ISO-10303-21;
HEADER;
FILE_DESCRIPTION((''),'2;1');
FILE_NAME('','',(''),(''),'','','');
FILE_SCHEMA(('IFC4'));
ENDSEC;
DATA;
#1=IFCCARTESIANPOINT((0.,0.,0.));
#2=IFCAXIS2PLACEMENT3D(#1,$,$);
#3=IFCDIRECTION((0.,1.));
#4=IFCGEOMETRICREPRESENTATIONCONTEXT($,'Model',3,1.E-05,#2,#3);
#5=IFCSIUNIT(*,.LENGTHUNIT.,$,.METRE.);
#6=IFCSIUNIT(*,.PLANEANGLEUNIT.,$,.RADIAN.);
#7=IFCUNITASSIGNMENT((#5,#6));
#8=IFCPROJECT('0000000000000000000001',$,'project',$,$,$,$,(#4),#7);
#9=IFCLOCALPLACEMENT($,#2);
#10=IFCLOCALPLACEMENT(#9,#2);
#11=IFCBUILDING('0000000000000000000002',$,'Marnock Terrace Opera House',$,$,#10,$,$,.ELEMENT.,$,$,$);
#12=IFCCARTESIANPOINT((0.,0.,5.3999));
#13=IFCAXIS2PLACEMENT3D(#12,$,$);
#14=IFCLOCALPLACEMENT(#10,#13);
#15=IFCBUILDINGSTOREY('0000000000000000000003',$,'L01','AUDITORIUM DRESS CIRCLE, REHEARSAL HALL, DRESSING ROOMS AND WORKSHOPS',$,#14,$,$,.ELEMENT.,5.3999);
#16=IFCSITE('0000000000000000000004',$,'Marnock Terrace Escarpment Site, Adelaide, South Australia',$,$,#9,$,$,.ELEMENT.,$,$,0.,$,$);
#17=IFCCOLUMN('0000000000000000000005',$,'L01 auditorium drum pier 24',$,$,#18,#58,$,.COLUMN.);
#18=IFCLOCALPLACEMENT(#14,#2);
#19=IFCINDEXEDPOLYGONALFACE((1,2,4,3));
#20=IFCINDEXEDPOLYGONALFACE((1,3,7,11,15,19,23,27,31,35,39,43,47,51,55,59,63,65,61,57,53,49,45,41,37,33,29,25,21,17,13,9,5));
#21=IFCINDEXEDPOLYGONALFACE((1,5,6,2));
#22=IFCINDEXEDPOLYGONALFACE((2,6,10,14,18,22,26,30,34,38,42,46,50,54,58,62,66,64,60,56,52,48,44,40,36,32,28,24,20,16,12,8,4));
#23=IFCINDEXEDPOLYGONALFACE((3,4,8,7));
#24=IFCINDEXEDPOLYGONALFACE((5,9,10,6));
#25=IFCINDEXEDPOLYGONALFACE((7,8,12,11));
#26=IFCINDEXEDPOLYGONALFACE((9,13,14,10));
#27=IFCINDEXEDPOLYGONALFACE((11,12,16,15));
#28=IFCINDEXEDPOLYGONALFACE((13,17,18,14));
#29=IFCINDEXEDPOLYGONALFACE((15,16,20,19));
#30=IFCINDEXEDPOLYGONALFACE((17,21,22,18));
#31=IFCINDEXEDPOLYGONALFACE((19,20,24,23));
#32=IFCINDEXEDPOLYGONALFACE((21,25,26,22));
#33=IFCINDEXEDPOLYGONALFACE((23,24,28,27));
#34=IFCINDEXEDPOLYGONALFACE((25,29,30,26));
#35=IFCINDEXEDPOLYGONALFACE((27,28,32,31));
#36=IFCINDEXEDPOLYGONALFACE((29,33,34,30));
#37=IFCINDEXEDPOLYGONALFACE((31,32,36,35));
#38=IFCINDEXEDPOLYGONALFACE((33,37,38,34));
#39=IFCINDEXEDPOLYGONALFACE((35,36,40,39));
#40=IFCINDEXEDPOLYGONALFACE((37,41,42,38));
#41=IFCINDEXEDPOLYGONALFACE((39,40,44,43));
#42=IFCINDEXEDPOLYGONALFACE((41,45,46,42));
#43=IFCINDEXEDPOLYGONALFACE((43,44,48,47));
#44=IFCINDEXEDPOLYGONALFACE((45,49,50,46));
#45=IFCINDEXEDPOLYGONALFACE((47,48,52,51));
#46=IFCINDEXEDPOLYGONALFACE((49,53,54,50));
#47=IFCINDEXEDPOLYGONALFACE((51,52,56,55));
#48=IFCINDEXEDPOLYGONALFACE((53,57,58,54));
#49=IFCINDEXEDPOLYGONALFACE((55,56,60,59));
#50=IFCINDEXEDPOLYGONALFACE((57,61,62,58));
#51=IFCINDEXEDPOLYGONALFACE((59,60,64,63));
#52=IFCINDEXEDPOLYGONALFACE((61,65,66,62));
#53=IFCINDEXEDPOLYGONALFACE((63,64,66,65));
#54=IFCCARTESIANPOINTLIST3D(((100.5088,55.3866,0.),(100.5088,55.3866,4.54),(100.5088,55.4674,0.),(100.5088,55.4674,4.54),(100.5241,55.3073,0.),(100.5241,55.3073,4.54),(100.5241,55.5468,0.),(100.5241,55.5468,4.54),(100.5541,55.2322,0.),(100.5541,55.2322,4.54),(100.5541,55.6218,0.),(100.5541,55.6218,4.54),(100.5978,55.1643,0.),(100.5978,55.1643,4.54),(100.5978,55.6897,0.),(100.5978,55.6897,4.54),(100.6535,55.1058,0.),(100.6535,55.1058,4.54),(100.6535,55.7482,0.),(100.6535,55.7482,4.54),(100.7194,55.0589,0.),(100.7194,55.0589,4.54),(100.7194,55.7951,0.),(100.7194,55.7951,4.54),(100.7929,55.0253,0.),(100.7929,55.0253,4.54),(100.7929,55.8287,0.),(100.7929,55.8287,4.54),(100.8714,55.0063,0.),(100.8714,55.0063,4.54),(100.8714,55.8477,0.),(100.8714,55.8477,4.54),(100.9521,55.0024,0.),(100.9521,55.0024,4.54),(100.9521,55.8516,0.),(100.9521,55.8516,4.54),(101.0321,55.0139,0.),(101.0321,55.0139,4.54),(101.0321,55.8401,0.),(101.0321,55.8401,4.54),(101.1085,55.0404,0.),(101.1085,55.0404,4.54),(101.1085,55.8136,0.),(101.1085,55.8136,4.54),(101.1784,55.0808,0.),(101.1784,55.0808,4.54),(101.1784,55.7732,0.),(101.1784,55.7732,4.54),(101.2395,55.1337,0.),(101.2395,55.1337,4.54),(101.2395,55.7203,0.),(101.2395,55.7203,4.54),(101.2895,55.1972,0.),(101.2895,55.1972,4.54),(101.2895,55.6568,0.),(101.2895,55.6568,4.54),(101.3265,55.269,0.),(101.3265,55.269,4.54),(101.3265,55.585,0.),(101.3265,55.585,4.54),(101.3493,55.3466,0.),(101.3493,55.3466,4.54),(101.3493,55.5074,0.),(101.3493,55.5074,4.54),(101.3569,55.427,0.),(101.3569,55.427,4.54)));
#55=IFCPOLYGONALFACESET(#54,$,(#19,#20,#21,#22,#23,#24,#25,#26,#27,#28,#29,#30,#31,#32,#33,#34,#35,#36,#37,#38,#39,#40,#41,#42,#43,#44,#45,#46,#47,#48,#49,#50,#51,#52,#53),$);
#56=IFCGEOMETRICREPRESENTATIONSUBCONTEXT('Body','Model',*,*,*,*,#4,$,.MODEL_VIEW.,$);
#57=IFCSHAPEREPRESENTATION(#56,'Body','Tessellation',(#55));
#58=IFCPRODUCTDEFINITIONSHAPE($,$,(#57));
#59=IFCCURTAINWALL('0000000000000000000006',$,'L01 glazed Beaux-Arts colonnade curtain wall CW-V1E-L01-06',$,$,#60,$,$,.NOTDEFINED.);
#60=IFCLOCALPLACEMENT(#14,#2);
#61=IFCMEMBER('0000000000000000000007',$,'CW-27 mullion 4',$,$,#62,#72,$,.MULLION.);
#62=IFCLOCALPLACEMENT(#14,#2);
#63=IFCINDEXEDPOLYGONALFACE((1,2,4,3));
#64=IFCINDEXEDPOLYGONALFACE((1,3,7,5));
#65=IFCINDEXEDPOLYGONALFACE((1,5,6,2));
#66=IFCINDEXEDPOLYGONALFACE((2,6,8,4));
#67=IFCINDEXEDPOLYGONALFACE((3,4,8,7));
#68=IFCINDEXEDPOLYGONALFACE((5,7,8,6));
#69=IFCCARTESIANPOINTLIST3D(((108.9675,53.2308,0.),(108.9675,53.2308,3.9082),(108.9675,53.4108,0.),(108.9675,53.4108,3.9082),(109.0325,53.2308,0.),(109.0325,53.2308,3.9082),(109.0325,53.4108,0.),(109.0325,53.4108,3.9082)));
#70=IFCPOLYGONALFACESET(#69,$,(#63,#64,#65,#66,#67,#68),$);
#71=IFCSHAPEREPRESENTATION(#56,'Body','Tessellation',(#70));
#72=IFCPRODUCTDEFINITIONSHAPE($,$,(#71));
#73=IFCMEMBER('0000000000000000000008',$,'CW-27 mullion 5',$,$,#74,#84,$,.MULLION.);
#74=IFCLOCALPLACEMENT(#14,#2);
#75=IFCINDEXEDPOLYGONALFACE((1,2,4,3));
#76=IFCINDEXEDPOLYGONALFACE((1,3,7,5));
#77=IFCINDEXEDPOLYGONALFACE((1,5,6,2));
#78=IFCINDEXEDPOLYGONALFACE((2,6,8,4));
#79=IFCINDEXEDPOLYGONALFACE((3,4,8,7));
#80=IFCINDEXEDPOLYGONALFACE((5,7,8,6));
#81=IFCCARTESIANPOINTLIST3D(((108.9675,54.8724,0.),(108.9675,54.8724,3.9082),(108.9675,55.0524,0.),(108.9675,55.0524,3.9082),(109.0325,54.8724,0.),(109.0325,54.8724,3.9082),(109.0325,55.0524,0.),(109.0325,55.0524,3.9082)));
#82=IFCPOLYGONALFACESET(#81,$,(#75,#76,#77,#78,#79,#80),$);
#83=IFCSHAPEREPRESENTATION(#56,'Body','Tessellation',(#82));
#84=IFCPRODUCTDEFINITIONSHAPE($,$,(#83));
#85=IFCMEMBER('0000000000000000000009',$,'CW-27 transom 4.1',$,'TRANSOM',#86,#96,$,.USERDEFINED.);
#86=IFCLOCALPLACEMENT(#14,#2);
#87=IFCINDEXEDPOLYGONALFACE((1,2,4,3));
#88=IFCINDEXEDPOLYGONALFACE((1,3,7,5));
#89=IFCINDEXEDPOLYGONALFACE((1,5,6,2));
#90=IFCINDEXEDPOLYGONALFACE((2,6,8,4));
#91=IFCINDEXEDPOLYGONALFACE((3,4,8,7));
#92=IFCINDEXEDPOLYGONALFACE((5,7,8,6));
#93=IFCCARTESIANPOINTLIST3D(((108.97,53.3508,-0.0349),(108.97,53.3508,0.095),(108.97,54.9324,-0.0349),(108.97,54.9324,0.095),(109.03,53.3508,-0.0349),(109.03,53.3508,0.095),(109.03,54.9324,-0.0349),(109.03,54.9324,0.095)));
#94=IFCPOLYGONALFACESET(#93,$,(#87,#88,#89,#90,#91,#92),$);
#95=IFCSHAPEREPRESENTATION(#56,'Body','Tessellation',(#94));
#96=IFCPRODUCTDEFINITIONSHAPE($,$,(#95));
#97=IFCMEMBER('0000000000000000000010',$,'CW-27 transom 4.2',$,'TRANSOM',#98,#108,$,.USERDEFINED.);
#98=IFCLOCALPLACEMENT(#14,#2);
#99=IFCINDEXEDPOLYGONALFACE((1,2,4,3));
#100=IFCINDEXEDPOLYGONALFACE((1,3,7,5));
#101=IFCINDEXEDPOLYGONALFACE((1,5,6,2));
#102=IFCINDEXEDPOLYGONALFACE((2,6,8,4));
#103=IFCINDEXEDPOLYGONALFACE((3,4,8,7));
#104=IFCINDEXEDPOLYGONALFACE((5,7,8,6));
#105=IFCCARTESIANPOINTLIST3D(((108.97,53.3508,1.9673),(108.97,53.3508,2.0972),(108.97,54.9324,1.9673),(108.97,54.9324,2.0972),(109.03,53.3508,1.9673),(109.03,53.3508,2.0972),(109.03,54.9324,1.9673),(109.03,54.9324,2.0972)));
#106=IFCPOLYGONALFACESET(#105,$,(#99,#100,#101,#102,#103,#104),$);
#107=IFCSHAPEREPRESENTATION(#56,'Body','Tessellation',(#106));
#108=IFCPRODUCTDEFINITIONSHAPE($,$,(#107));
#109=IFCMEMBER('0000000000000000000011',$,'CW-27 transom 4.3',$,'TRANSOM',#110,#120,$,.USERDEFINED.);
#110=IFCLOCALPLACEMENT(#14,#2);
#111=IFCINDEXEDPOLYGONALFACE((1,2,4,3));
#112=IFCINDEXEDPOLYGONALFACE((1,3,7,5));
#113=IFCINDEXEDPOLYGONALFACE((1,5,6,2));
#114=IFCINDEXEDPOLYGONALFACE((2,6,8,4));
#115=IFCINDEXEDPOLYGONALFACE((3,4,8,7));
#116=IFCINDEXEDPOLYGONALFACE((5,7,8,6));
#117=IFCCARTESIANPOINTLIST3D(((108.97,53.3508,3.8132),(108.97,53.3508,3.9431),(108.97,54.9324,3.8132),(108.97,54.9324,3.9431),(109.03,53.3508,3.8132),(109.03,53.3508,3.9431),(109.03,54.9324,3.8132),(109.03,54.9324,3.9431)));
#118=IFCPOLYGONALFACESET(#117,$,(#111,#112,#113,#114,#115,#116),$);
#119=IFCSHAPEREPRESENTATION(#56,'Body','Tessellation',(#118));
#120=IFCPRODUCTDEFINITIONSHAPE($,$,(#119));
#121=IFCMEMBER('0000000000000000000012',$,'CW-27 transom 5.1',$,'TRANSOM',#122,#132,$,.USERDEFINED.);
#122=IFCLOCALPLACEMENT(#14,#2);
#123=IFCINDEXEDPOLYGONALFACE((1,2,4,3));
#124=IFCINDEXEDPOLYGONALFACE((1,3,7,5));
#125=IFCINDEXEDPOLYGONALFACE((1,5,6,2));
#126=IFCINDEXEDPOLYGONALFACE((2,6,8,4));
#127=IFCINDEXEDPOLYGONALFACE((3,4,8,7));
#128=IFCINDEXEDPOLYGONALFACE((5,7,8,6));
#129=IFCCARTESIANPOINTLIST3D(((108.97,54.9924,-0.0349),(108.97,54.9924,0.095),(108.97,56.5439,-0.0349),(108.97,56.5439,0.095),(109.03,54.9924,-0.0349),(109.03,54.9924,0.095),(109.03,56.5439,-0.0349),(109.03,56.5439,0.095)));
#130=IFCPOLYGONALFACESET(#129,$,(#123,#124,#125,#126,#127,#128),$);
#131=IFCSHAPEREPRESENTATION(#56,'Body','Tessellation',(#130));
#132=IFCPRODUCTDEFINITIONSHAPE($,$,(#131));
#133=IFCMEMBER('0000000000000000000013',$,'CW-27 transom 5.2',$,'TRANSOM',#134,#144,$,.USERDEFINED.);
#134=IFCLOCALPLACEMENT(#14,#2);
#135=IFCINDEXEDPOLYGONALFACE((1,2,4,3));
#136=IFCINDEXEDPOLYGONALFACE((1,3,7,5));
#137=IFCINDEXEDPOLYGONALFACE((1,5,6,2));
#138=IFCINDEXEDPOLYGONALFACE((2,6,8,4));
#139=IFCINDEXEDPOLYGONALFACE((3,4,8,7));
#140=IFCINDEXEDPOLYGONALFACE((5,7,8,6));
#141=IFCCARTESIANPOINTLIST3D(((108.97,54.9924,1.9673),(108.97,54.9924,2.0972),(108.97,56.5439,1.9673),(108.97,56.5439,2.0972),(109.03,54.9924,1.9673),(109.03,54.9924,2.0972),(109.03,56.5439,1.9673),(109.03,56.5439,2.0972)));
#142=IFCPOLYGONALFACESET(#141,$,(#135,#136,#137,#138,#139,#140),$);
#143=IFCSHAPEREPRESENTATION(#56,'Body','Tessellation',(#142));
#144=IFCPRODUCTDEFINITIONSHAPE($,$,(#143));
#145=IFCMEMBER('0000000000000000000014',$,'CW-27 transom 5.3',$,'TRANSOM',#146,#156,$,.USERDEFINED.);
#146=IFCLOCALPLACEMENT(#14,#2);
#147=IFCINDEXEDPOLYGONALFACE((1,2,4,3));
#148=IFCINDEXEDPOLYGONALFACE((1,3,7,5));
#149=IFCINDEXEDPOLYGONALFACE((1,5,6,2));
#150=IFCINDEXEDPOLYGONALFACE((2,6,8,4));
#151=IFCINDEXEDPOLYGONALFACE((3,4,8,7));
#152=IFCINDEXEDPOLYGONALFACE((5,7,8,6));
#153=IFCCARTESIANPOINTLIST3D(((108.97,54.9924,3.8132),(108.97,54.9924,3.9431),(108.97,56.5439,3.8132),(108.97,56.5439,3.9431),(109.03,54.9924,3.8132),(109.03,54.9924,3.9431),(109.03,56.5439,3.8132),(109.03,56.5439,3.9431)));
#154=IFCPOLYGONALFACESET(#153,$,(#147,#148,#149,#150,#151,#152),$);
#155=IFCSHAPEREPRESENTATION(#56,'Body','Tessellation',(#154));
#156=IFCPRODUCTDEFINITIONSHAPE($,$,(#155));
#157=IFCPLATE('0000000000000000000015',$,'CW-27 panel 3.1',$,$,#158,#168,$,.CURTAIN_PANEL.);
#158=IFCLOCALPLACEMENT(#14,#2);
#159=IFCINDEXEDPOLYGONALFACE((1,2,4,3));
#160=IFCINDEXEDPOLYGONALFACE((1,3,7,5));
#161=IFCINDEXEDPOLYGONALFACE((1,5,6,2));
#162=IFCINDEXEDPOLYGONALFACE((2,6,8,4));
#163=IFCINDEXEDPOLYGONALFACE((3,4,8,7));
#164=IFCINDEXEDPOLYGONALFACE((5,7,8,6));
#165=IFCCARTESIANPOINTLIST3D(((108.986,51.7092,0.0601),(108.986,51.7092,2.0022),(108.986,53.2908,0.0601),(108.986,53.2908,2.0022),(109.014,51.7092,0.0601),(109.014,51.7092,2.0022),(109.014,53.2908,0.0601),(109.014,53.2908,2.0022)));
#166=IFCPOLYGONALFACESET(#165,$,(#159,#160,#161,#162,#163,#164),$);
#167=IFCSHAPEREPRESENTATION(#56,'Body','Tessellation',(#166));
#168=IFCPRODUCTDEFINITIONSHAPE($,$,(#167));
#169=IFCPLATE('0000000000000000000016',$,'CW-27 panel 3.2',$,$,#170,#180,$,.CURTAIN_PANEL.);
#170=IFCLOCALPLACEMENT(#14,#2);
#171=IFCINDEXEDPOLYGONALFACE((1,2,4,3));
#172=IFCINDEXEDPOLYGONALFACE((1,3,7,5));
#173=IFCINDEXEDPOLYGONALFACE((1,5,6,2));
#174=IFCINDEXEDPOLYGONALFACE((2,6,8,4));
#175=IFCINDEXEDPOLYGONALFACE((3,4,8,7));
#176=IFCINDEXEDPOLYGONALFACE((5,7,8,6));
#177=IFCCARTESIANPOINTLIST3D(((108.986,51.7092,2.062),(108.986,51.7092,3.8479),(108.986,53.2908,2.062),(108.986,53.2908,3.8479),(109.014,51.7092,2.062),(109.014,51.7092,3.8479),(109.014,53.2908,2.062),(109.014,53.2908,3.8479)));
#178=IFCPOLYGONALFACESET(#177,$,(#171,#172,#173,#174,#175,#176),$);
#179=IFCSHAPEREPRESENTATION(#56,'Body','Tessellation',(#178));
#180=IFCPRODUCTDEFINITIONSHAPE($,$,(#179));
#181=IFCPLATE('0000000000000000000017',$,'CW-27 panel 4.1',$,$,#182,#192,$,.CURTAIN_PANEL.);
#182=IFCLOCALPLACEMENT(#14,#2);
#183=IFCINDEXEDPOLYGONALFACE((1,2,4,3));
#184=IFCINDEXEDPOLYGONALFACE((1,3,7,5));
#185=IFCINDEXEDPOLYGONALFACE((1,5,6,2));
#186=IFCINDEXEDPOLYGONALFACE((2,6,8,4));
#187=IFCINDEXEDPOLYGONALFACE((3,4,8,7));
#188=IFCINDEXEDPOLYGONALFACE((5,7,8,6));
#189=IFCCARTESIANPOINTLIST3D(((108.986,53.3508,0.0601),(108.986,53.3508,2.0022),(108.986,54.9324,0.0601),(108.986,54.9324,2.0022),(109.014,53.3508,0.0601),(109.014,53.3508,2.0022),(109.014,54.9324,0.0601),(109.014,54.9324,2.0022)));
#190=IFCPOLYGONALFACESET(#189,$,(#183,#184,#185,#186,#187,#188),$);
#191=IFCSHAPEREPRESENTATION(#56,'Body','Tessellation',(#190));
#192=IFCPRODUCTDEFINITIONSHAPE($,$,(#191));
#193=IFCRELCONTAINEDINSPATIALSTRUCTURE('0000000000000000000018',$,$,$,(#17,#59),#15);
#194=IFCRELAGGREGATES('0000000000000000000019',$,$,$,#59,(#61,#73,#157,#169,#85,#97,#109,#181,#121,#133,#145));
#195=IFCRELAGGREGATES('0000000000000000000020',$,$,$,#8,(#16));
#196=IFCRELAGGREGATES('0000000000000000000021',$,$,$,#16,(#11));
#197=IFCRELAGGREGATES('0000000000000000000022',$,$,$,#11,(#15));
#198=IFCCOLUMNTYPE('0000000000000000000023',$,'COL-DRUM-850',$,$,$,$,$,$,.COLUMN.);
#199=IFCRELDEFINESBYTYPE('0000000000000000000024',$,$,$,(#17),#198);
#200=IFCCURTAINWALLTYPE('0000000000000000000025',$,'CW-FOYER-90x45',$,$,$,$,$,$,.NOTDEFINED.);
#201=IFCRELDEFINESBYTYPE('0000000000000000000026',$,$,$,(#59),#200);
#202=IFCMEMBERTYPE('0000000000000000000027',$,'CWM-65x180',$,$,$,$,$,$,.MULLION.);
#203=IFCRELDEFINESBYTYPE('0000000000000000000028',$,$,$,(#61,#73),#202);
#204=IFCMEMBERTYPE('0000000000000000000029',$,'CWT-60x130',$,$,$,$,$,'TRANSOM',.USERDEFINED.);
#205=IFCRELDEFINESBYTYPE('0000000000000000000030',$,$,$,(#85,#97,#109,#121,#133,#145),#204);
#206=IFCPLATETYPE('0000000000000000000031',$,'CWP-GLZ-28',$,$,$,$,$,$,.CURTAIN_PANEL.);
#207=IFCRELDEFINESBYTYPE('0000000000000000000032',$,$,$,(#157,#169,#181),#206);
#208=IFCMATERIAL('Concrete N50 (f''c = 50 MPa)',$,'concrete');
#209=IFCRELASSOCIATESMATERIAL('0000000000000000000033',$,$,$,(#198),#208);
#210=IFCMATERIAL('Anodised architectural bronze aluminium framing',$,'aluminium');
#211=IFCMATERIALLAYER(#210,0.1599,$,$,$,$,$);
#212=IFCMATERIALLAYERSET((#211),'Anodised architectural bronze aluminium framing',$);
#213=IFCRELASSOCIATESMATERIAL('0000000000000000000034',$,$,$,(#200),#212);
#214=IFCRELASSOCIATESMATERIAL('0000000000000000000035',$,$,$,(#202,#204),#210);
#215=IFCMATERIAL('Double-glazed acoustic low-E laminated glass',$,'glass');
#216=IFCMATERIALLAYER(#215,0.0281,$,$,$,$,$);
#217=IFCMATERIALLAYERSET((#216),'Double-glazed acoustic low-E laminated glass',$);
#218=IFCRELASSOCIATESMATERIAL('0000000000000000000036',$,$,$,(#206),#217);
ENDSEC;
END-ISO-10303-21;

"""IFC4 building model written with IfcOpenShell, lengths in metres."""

from ifc_helpers import new_model, si_unit, direction, frame, origin, origin_2d, place, context, subcontext, project, spatial, rectangle, circle, extrude, material, layer, layer_set, material_profile, profile_set, type_object, element, aggregate, save


model = new_model("IFC4")

# Units and contexts
model_context = context("Model", 3, precision=1e-05, world=origin(), true_north=direction((0.0, 1.0)))
body_context = subcontext(model_context, "Body", "Model", "MODEL_VIEW")
ifc_project = project(units=[si_unit("LENGTHUNIT", "METRE"), si_unit("PLANEANGLEUNIT", "RADIAN")], contexts=[model_context])

# Site, building, storey
site_placement = place(None, origin())
site = spatial("IfcSite", under=ifc_project, at=site_placement, Name="Marnock Terrace Escarpment Site, Adelaide, South Australia", CompositionType="ELEMENT", RefElevation=0.0)
building_placement = place(site_placement, origin())
building = spatial("IfcBuilding", under=site, at=building_placement, Name="Marnock Terrace Opera House", CompositionType="ELEMENT")
storey_placement = place(building_placement, frame((0.0, 0.0, 5.3999)))
storey = spatial("IfcBuildingStorey", under=building, at=storey_placement, Name="L01", Description="AUDITORIUM DRESS CIRCLE, REHEARSAL HALL, DRESSING ROOMS AND WORKSHOPS", CompositionType="ELEMENT", Elevation=5.3999)

# Column
ifc_material_1 = material(Name="Concrete N50 (f'c = 50 MPa)", Category="concrete")
ifc_material_profile_1 = material_profile(ifc_material_1, circle(Radius=0.425, at=origin_2d()))
ifc_profile_set_1 = profile_set([ifc_material_profile_1], Name="Concrete N50 (f'c = 50 MPa)")
column_type = type_object("IfcColumnType", Name="COL-DRUM-850", PredefinedType="COLUMN", material=ifc_profile_set_1)
column_placement = place(storey_placement, frame((100.9319, 55.427, 0.0), z_axis=(0.0, 0.0, 1.0), x_axis=(1.0, 0.0, 0.0)))
element("IfcColumn", 1, at=column_placement, inside=storey, type_object=column_type, Name="L01 auditorium drum pier 24", PredefinedType="COLUMN", context=body_context, shape_type="SweptSolid", body=[
    extrude(circle(Radius=0.425, at=origin_2d()), origin(), (0.0, 0.0, 1.0), 4.54),
])

# Curtain wall, members, plates
ifc_material_2 = material(Name="Anodised architectural bronze aluminium framing", Category="aluminium")
ifc_layer_1 = layer(ifc_material_2, 0.1599)
ifc_layer_set_1 = layer_set([ifc_layer_1], Name="Anodised architectural bronze aluminium framing")
curtain_wall_type = type_object("IfcCurtainWallType", Name="CW-FOYER-90x45", PredefinedType="NOTDEFINED", material=ifc_layer_set_1)
curtain_wall_placement = place(storey_placement, origin())
curtain_wall = element("IfcCurtainWall", 2, at=curtain_wall_placement, inside=storey, type_object=curtain_wall_type, Name="L01 glazed Beaux-Arts colonnade curtain wall CW-V1E-L01-06", PredefinedType="NOTDEFINED")
ifc_material_profile_2 = material_profile(ifc_material_2, rectangle(XDim=0.0649, YDim=0.1799, at=origin_2d()))
ifc_profile_set_2 = profile_set([ifc_material_profile_2], Name="Anodised architectural bronze aluminium framing")
member_type_1 = type_object("IfcMemberType", Name="CWM-65x180", PredefinedType="MULLION", material=ifc_profile_set_2)
member_1_placement = place(storey_placement, frame((109.0, 53.3208, 0.0), z_axis=(0.0, 0.0, 1.0), x_axis=(-1.0, 0.0, 0.0)))
member_1 = element("IfcMember", 3, at=member_1_placement, type_object=member_type_1, Name="CW-27 mullion 4", PredefinedType="MULLION", context=body_context, shape_type="SweptSolid", body=[
    extrude(rectangle(XDim=0.0649, YDim=0.1799, at=origin_2d()), origin(), (0.0, 0.0, 1.0), 3.9082),
])
member_2_placement = place(storey_placement, frame((109.0, 54.9624, 0.0), z_axis=(0.0, 0.0, 1.0), x_axis=(-1.0, 0.0, 0.0)))
member_2 = element("IfcMember", 4, at=member_2_placement, type_object=member_type_1, Name="CW-27 mullion 5", PredefinedType="MULLION", context=body_context, shape_type="SweptSolid", body=[
    extrude(rectangle(XDim=0.0649, YDim=0.1799, at=origin_2d()), origin(), (0.0, 0.0, 1.0), 3.9082),
])
ifc_material_profile_3 = material_profile(ifc_material_2, rectangle(XDim=0.0601, YDim=0.1299, at=origin_2d()))
ifc_profile_set_3 = profile_set([ifc_material_profile_3], Name="Anodised architectural bronze aluminium framing")
member_type_2 = type_object("IfcMemberType", Name="CWT-60x130", ElementType="TRANSOM", PredefinedType="USERDEFINED", material=ifc_profile_set_3)
member_3_placement = place(storey_placement, frame((109.0, 53.3508, 0.03), z_axis=(0.0, 1.0, 0.0), x_axis=(-1.0, 0.0, 0.0)))
member_3 = element("IfcMember", 5, at=member_3_placement, type_object=member_type_2, Name="CW-27 transom 4.1", ObjectType="TRANSOM", PredefinedType="USERDEFINED", context=body_context, shape_type="SweptSolid", body=[
    extrude(rectangle(XDim=0.0601, YDim=0.1299, at=origin_2d()), origin(), (0.0, 0.0, 1.0), 1.5815),
])
member_4_placement = place(storey_placement, frame((109.0, 53.3508, 2.0322), z_axis=(0.0, 1.0, 0.0), x_axis=(-1.0, 0.0, 0.0)))
member_4 = element("IfcMember", 6, at=member_4_placement, type_object=member_type_2, Name="CW-27 transom 4.2", ObjectType="TRANSOM", PredefinedType="USERDEFINED", context=body_context, shape_type="SweptSolid", body=[
    extrude(rectangle(XDim=0.0601, YDim=0.1299, at=origin_2d()), origin(), (0.0, 0.0, 1.0), 1.5815),
])
member_5_placement = place(storey_placement, frame((109.0, 53.3508, 3.8782), z_axis=(0.0, 1.0, 0.0), x_axis=(-1.0, 0.0, 0.0)))
member_5 = element("IfcMember", 7, at=member_5_placement, type_object=member_type_2, Name="CW-27 transom 4.3", ObjectType="TRANSOM", PredefinedType="USERDEFINED", context=body_context, shape_type="SweptSolid", body=[
    extrude(rectangle(XDim=0.0601, YDim=0.1299, at=origin_2d()), origin(), (0.0, 0.0, 1.0), 1.5815),
])
member_6_placement = place(storey_placement, frame((109.0, 54.9924, 0.03), z_axis=(0.0, 1.0, 0.0), x_axis=(-1.0, 0.0, 0.0)))
member_6 = element("IfcMember", 8, at=member_6_placement, type_object=member_type_2, Name="CW-27 transom 5.1", ObjectType="TRANSOM", PredefinedType="USERDEFINED", context=body_context, shape_type="SweptSolid", body=[
    extrude(rectangle(XDim=0.0601, YDim=0.1299, at=origin_2d()), origin(), (0.0, 0.0, 1.0), 1.5515),
])
member_7_placement = place(storey_placement, frame((109.0, 54.9924, 2.0322), z_axis=(0.0, 1.0, 0.0), x_axis=(-1.0, 0.0, 0.0)))
member_7 = element("IfcMember", 9, at=member_7_placement, type_object=member_type_2, Name="CW-27 transom 5.2", ObjectType="TRANSOM", PredefinedType="USERDEFINED", context=body_context, shape_type="SweptSolid", body=[
    extrude(rectangle(XDim=0.0601, YDim=0.1299, at=origin_2d()), origin(), (0.0, 0.0, 1.0), 1.5515),
])
member_8_placement = place(storey_placement, frame((109.0, 54.9924, 3.8782), z_axis=(0.0, 1.0, 0.0), x_axis=(-1.0, 0.0, 0.0)))
member_8 = element("IfcMember", 10, at=member_8_placement, type_object=member_type_2, Name="CW-27 transom 5.3", ObjectType="TRANSOM", PredefinedType="USERDEFINED", context=body_context, shape_type="SweptSolid", body=[
    extrude(rectangle(XDim=0.0601, YDim=0.1299, at=origin_2d()), origin(), (0.0, 0.0, 1.0), 1.5515),
])
ifc_material_3 = material(Name="Double-glazed acoustic low-E laminated glass", Category="glass")
ifc_layer_2 = layer(ifc_material_3, 0.0281)
ifc_layer_set_2 = layer_set([ifc_layer_2], Name="Double-glazed acoustic low-E laminated glass")
plate_type = type_object("IfcPlateType", Name="CWP-GLZ-28", PredefinedType="CURTAIN_PANEL", material=ifc_layer_set_2)
plate_1_placement = place(storey_placement, frame((109.0, 52.5, 0.0601), z_axis=(0.0, 0.0, 1.0), x_axis=(0.0, 1.0, 0.0)))
plate_1 = element("IfcPlate", 11, at=plate_1_placement, type_object=plate_type, Name="CW-27 panel 3.1", PredefinedType="CURTAIN_PANEL", context=body_context, shape_type="SweptSolid", body=[
    extrude(rectangle(XDim=1.5815, YDim=0.0281, at=origin_2d()), origin(), (0.0, 0.0, 1.0), 1.9421),
])
plate_2_placement = place(storey_placement, frame((109.0, 52.5, 2.062), z_axis=(0.0, 0.0, 1.0), x_axis=(0.0, 1.0, 0.0)))
plate_2 = element("IfcPlate", 12, at=plate_2_placement, type_object=plate_type, Name="CW-27 panel 3.2", PredefinedType="CURTAIN_PANEL", context=body_context, shape_type="SweptSolid", body=[
    extrude(rectangle(XDim=1.5815, YDim=0.0281, at=origin_2d()), origin(), (0.0, 0.0, 1.0), 1.7859),
])
plate_3_placement = place(storey_placement, frame((109.0, 54.1416, 0.0601), z_axis=(0.0, 0.0, 1.0), x_axis=(0.0, 1.0, 0.0)))
plate_3 = element("IfcPlate", 13, at=plate_3_placement, type_object=plate_type, Name="CW-27 panel 4.1", PredefinedType="CURTAIN_PANEL", context=body_context, shape_type="SweptSolid", body=[
    extrude(rectangle(XDim=1.5815, YDim=0.0281, at=origin_2d()), origin(), (0.0, 0.0, 1.0), 1.9421),
])
aggregate(curtain_wall, [member_1, member_2, plate_1, plate_2, member_3, member_4, member_5, plate_3, member_6, member_7, member_8])

save(model, "model.ifc")
